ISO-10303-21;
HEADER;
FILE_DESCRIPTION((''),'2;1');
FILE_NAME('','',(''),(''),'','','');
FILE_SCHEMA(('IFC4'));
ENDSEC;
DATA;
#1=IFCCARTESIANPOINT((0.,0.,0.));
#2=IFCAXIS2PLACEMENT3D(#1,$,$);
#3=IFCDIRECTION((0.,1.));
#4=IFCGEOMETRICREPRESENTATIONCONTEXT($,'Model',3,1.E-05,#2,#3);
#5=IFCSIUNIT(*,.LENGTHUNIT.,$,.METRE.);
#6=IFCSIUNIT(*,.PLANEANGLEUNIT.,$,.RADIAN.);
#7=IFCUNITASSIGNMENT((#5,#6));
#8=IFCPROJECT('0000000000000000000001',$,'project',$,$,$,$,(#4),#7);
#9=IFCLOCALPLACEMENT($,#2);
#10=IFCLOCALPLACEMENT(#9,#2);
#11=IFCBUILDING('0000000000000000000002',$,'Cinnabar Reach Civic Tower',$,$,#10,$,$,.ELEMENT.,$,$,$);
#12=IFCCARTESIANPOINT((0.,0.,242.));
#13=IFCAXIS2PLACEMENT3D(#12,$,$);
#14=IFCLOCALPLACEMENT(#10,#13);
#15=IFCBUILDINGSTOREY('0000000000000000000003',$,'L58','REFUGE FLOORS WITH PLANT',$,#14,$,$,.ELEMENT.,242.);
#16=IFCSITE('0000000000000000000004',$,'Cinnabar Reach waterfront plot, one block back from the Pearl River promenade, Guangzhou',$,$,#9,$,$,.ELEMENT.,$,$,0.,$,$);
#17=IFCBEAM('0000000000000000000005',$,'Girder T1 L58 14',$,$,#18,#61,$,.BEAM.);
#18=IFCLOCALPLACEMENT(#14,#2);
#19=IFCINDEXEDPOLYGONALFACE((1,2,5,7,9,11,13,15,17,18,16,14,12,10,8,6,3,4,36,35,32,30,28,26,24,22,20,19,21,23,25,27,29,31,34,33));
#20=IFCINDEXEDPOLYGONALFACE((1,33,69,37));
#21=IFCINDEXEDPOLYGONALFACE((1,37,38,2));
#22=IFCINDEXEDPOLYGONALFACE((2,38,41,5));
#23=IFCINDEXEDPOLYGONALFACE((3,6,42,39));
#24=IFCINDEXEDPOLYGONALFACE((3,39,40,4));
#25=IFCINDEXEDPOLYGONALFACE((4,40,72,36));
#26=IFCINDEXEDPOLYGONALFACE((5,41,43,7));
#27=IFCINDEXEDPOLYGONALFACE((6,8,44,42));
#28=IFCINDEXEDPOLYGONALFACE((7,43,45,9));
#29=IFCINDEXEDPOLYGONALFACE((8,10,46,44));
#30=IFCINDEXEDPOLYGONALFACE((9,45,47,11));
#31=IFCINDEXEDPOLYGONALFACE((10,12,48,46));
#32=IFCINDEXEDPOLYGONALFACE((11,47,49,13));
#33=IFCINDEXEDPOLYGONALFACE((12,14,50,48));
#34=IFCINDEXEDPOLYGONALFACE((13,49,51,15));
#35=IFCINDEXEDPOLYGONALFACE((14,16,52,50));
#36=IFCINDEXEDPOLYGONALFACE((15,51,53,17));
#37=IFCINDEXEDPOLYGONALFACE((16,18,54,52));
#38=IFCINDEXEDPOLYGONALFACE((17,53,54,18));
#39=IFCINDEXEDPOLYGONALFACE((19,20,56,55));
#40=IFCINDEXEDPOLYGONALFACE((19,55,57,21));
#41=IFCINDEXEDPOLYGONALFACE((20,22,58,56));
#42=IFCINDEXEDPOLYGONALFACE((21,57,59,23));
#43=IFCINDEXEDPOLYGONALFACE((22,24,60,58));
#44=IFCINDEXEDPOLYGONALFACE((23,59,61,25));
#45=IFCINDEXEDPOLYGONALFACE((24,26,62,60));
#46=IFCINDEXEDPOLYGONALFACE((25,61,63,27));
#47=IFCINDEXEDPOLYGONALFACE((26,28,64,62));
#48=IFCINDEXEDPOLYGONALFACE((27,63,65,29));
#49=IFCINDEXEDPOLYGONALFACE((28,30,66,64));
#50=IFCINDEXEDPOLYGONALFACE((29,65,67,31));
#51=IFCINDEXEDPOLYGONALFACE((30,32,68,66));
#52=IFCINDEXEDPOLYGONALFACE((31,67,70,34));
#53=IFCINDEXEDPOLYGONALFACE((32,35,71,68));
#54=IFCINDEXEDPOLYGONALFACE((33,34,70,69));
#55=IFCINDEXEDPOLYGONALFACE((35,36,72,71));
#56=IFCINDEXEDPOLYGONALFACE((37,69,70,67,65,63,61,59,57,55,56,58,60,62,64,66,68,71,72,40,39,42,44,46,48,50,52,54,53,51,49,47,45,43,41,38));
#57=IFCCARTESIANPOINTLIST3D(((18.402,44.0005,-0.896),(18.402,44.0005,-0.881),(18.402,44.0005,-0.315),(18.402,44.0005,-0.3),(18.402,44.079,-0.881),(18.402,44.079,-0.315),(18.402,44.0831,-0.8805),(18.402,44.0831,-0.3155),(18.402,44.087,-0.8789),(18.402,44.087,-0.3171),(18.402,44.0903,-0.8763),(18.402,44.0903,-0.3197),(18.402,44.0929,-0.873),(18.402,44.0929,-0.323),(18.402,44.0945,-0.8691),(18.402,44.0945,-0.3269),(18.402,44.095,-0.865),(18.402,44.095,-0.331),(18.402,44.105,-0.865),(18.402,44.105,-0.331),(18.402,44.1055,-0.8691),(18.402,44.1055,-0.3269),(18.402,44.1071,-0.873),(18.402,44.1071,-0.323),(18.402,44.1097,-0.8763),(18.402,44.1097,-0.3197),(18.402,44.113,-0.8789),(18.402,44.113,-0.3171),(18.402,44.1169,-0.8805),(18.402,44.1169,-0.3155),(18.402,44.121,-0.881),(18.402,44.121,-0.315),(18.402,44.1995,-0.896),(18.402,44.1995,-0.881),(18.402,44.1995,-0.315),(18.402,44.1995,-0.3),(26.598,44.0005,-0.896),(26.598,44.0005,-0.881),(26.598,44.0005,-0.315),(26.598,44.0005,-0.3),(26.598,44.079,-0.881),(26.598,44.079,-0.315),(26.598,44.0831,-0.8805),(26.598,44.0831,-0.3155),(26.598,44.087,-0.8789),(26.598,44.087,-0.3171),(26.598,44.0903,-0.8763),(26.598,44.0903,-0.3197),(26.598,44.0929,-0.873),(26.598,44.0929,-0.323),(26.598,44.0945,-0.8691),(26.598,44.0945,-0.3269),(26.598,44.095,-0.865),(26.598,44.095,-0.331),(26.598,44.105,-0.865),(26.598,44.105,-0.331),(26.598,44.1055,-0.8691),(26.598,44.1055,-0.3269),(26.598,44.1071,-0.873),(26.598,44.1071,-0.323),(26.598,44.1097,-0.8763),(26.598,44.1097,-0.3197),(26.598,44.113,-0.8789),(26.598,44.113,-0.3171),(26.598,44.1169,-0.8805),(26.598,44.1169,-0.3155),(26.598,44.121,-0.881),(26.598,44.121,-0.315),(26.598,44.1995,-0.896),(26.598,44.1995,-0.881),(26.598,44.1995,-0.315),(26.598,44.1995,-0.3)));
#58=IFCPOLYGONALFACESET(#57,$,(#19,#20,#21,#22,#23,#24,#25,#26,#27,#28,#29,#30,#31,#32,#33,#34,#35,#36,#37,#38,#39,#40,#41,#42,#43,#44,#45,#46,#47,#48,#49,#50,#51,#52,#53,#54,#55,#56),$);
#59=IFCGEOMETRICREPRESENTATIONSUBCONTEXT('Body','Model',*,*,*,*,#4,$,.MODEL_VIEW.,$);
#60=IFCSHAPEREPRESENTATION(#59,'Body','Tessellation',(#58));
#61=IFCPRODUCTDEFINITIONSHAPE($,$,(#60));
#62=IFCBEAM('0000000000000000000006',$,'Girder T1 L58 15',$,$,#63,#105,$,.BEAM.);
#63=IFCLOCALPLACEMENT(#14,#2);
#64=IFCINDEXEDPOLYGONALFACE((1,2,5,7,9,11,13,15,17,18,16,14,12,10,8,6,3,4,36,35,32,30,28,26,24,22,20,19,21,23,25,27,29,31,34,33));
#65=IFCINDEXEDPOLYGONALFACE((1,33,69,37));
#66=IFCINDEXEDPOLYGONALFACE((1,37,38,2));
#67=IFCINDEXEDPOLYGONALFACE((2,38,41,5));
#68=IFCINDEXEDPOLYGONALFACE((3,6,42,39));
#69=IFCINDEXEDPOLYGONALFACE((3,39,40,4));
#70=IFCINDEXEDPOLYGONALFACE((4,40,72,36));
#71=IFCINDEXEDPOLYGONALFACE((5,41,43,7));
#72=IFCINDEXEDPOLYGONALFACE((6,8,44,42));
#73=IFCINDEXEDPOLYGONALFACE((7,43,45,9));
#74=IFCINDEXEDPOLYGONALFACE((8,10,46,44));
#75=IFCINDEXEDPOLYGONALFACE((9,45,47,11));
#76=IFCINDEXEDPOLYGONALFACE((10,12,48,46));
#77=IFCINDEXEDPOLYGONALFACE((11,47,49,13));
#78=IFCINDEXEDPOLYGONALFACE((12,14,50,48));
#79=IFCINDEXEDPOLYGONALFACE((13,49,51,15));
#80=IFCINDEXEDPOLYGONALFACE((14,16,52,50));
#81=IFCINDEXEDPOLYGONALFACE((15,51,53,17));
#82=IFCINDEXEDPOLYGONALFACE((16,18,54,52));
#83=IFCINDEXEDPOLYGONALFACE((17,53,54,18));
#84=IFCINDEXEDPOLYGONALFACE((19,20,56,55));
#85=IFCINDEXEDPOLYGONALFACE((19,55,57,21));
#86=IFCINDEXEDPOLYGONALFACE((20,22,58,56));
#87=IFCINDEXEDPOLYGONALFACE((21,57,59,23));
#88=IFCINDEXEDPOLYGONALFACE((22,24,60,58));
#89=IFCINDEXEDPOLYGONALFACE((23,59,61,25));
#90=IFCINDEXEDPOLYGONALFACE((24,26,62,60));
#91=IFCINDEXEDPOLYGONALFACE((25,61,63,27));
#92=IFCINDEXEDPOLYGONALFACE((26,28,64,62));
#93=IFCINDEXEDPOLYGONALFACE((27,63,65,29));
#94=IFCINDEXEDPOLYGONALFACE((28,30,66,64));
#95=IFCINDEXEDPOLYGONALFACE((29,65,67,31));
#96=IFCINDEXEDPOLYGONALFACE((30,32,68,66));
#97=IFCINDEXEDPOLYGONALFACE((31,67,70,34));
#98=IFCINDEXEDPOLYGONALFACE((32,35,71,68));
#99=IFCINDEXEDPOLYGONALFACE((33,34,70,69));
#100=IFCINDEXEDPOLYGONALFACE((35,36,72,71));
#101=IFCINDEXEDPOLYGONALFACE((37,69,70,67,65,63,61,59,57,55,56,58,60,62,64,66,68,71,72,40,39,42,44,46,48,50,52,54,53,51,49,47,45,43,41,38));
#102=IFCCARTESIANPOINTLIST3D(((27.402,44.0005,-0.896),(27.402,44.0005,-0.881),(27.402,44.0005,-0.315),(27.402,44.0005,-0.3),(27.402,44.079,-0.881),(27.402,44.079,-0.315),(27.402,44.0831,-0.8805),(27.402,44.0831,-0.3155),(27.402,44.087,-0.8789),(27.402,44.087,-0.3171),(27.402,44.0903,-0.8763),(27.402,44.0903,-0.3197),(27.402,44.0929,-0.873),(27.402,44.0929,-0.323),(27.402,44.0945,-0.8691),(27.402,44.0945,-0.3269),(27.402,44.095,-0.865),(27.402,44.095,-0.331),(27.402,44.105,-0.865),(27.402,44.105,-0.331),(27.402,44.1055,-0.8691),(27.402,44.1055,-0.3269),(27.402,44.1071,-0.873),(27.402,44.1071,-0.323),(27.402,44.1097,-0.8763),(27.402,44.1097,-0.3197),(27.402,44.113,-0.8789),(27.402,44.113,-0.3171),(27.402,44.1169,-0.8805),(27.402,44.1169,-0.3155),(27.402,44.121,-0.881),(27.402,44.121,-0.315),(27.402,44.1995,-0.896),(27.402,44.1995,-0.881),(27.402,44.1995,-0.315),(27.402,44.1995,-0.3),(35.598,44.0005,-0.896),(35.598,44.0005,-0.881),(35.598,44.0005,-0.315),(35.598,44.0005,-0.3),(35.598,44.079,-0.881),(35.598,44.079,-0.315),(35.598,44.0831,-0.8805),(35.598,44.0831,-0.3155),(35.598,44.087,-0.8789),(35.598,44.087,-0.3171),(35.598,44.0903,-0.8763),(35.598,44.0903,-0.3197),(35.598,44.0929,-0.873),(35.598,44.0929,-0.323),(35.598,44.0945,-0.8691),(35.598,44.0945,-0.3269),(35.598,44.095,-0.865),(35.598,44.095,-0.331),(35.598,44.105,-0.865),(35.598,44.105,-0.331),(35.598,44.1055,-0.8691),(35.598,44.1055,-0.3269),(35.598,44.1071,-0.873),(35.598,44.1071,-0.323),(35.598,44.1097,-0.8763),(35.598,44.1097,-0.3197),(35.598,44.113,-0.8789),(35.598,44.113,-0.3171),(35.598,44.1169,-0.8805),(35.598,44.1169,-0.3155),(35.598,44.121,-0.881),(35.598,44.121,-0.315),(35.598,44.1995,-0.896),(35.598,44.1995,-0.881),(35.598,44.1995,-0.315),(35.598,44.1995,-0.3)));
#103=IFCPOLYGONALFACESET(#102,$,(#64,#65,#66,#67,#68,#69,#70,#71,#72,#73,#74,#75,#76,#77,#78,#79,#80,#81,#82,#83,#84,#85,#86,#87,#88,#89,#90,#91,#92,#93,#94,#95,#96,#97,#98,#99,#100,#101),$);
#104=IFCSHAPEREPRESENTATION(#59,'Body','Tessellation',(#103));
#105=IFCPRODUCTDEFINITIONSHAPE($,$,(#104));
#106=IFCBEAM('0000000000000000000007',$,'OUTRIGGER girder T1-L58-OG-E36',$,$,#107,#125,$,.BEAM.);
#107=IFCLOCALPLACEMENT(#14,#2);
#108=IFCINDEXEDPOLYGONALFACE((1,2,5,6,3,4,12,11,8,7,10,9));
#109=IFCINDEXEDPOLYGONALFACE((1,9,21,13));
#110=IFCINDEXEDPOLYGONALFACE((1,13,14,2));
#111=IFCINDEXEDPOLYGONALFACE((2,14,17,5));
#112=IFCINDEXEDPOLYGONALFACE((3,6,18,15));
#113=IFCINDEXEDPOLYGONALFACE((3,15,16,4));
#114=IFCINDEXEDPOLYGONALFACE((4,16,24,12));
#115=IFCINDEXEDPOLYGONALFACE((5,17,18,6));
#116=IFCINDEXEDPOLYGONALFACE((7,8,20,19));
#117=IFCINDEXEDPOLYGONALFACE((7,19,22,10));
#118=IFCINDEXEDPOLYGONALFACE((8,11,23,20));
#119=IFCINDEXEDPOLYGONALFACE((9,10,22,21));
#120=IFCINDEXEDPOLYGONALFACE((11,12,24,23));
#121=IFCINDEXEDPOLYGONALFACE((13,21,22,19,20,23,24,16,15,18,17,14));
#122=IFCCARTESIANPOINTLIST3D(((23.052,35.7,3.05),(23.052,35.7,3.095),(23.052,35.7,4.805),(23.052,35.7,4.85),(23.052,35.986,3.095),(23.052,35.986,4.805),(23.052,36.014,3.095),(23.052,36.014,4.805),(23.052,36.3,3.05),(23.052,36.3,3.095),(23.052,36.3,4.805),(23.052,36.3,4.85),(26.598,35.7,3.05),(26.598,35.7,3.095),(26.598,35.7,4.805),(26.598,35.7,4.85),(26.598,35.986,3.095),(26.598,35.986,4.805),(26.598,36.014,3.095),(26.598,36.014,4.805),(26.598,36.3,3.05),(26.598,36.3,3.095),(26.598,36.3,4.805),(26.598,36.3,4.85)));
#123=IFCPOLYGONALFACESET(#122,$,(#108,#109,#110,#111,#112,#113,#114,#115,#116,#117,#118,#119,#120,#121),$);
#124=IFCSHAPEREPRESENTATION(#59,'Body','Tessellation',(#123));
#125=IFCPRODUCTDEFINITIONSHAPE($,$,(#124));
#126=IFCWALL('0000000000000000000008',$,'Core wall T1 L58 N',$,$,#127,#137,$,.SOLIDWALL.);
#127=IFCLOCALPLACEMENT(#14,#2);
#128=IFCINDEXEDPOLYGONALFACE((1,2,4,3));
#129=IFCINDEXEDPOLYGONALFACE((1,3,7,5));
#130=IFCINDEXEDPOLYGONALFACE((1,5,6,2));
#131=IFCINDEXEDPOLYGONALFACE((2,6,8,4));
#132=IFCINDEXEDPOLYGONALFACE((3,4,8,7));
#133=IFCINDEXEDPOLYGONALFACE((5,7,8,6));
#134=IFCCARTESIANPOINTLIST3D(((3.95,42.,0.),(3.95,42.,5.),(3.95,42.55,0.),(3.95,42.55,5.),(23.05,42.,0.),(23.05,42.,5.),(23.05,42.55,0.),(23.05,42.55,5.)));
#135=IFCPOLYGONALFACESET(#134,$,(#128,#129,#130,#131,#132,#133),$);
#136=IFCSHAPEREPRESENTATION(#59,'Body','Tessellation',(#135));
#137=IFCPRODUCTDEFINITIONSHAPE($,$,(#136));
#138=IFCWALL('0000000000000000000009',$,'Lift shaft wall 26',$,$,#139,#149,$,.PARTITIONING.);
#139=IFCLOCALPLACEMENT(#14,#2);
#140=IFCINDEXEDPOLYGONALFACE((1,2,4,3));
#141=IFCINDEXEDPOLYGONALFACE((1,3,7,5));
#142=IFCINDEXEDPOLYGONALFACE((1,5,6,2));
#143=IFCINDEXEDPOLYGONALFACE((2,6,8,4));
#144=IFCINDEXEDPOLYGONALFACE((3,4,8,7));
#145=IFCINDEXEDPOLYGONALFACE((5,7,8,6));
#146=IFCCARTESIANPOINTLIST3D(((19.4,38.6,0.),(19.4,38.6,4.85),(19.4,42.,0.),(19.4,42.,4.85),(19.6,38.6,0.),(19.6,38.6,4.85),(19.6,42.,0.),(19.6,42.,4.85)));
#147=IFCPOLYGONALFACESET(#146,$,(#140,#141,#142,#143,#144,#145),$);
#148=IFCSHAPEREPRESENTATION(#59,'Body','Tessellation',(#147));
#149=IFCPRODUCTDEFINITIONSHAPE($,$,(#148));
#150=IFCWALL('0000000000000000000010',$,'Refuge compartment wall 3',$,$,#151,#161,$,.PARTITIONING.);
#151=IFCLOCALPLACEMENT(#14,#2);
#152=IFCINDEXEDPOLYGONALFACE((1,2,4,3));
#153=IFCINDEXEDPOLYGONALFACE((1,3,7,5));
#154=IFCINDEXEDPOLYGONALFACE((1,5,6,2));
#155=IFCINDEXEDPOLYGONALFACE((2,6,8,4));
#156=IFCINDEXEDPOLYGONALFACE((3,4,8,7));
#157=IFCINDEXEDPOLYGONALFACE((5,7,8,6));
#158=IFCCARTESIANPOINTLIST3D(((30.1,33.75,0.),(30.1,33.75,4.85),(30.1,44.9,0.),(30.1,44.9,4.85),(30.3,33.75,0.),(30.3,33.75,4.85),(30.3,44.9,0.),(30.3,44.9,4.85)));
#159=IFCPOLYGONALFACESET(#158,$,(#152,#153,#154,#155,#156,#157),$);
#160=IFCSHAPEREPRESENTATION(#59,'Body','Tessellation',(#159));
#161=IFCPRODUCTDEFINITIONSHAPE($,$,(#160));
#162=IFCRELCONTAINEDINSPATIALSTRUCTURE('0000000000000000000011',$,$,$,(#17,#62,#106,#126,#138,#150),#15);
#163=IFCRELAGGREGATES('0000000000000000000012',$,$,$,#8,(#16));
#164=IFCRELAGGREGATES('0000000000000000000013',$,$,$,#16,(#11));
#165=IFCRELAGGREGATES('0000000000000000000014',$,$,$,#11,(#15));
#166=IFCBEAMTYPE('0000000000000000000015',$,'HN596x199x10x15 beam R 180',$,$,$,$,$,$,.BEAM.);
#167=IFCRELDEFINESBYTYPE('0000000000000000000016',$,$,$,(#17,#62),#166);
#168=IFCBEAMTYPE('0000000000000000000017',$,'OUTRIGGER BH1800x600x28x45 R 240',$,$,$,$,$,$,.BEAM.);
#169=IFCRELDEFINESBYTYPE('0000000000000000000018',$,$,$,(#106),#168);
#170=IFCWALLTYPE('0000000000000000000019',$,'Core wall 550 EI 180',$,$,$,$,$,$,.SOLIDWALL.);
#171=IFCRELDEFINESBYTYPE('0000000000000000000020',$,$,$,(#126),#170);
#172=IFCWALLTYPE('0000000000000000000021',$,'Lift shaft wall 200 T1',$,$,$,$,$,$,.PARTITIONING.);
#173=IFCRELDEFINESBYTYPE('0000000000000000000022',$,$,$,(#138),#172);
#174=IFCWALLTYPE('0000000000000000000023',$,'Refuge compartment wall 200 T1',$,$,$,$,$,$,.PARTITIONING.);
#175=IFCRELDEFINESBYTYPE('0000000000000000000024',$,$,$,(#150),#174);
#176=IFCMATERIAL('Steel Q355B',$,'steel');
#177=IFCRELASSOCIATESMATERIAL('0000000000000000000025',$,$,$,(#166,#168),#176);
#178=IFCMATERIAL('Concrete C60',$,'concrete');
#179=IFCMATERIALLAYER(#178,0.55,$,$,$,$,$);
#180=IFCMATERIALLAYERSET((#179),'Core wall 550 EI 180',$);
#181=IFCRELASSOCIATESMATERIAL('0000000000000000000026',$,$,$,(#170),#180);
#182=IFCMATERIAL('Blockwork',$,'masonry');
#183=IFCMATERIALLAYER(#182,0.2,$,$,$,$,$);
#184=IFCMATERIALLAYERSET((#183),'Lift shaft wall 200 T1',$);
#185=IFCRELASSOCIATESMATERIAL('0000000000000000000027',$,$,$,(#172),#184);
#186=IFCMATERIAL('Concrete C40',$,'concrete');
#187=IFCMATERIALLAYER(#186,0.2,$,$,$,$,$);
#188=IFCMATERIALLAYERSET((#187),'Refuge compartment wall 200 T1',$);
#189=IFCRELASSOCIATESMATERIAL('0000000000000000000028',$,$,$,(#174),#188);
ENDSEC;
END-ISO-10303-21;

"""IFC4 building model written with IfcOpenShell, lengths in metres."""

from ifc_helpers import new_model, si_unit, direction, frame, frame_2d, origin, origin_2d, place, context, subcontext, project, spatial, rectangle, i_section, extrude, material, layer, layer_set, material_profile, profile_set, type_object, element, save


model = new_model("IFC4")

# Units and contexts
model_context = context("Model", 3, precision=1e-05, world=origin(), true_north=direction((0.0, 1.0)))
body_context = subcontext(model_context, "Body", "Model", "MODEL_VIEW")
ifc_project = project(units=[si_unit("LENGTHUNIT", "METRE"), si_unit("PLANEANGLEUNIT", "RADIAN")], contexts=[model_context])

# Site, building, storey
site_placement = place(None, origin())
site = spatial("IfcSite", under=ifc_project, at=site_placement, Name="Cinnabar Reach waterfront plot, one block back from the Pearl River promenade, Guangzhou", CompositionType="ELEMENT", RefElevation=0.0)
building_placement = place(site_placement, origin())
building = spatial("IfcBuilding", under=site, at=building_placement, Name="Cinnabar Reach Civic Tower", CompositionType="ELEMENT")
storey_placement = place(building_placement, frame((0.0, 0.0, 242.0)))
storey = spatial("IfcBuildingStorey", under=building, at=storey_placement, Name="L58", Description="REFUGE FLOORS WITH PLANT", CompositionType="ELEMENT", Elevation=242.0)

# Shared definitions
ifc_material_1 = material(Name="Concrete C60", Category="concrete")

# Beams
ifc_material_2 = material(Name="Steel Q355B", Category="steel")
ifc_material_profile_1 = material_profile(ifc_material_2, i_section(OverallWidth=0.199, OverallDepth=0.596, WebThickness=0.01, FlangeThickness=0.015, FilletRadius=0.016, at=origin_2d()), Name="HN596x199x10x15")
ifc_profile_set_1 = profile_set([ifc_material_profile_1], Name="Steel Q355B")
beam_type_1 = type_object("IfcBeamType", Name="HN596x199x10x15 beam R 180", PredefinedType="BEAM", material=ifc_profile_set_1)
for number, where, z_axis, x_axis, name in (
    (1, (18.402, 44.1, -0.598), (1.0, 0.0, 0.0), (0.0, 1.0, 0.0), "Girder T1 L58 14"),
    (2, (27.402, 44.1, -0.598), (1.0, 0.0, 0.0), (0.0, 1.0, 0.0), "Girder T1 L58 15"),
):
    element("IfcBeam", number, at=place(storey_placement, frame(where, z_axis=z_axis, x_axis=x_axis)), inside=storey, type_object=beam_type_1, Name=name, PredefinedType="BEAM", context=body_context, shape_type="SweptSolid", body=[
        extrude(i_section(OverallWidth=0.199, OverallDepth=0.596, WebThickness=0.01, FlangeThickness=0.015, FilletRadius=0.016, at=origin_2d()), origin(), (0.0, 0.0, 1.0), 8.196),
    ])
ifc_material_profile_2 = material_profile(ifc_material_2, i_section(OverallWidth=0.6, OverallDepth=1.8, WebThickness=0.028, FlangeThickness=0.045, at=origin_2d()), Name="BH1800x600x28x45")
ifc_profile_set_2 = profile_set([ifc_material_profile_2], Name="Steel Q355B")
beam_type_2 = type_object("IfcBeamType", Name="OUTRIGGER BH1800x600x28x45 R 240", PredefinedType="BEAM", material=ifc_profile_set_2)
beam_1_placement = place(storey_placement, frame((23.052, 36.0, 3.95), z_axis=(1.0, 0.0, 0.0), x_axis=(0.0, 1.0, 0.0)))
element("IfcBeam", 3, at=beam_1_placement, inside=storey, type_object=beam_type_2, Name="OUTRIGGER girder T1-L58-OG-E36", PredefinedType="BEAM", context=body_context, shape_type="SweptSolid", body=[
    extrude(i_section(OverallWidth=0.6, OverallDepth=1.8, WebThickness=0.028, FlangeThickness=0.045, at=origin_2d()), origin(), (0.0, 0.0, 1.0), 3.546),
])

# Walls
ifc_layer_1 = layer(ifc_material_1, 0.55)
ifc_layer_set_1 = layer_set([ifc_layer_1], Name="Core wall 550 EI 180")
wall_type_1 = type_object("IfcWallType", Name="Core wall 550 EI 180", PredefinedType="SOLIDWALL", material=ifc_layer_set_1)
wall_1_placement = place(storey_placement, frame((23.05, 42.275, 0.0), z_axis=(0.0, 0.0, 1.0), x_axis=(-1.0, 0.0, 0.0)))
element("IfcWall", 4, at=wall_1_placement, inside=storey, type_object=wall_type_1, Name="Core wall T1 L58 N", PredefinedType="SOLIDWALL", context=body_context, shape_type="SweptSolid", body=[
    extrude(rectangle(XDim=19.1, YDim=0.55, at=frame_2d((9.55, 0.0))), origin(), (0.0, 0.0, 1.0), 5.0),
])
ifc_material_3 = material(Name="Blockwork", Category="masonry")
ifc_layer_2 = layer(ifc_material_3, 0.2)
ifc_layer_set_2 = layer_set([ifc_layer_2], Name="Lift shaft wall 200 T1")
wall_type_2 = type_object("IfcWallType", Name="Lift shaft wall 200 T1", PredefinedType="PARTITIONING", material=ifc_layer_set_2)
wall_2_placement = place(storey_placement, frame((19.5, 38.6, 0.0), z_axis=(0.0, 0.0, 1.0), x_axis=(0.0, 1.0, 0.0)))
element("IfcWall", 5, at=wall_2_placement, inside=storey, type_object=wall_type_2, Name="Lift shaft wall 26", PredefinedType="PARTITIONING", context=body_context, shape_type="SweptSolid", body=[
    extrude(rectangle(XDim=3.4, YDim=0.2, at=frame_2d((1.7, 0.0))), origin(), (0.0, 0.0, 1.0), 4.85),
])
ifc_material_4 = material(Name="Concrete C40", Category="concrete")
ifc_layer_3 = layer(ifc_material_4, 0.2)
ifc_layer_set_3 = layer_set([ifc_layer_3], Name="Refuge compartment wall 200 T1")
wall_type_3 = type_object("IfcWallType", Name="Refuge compartment wall 200 T1", PredefinedType="PARTITIONING", material=ifc_layer_set_3)
wall_3_placement = place(storey_placement, frame((30.2, 33.75, 0.0), z_axis=(0.0, 0.0, 1.0), x_axis=(0.0, 1.0, 0.0)))
element("IfcWall", 6, at=wall_3_placement, inside=storey, type_object=wall_type_3, Name="Refuge compartment wall 3", PredefinedType="PARTITIONING", context=body_context, shape_type="SweptSolid", body=[
    extrude(rectangle(XDim=11.15, YDim=0.2, at=frame_2d((5.575, 0.0))), origin(), (0.0, 0.0, 1.0), 4.85),
])

save(model, "model.ifc")
